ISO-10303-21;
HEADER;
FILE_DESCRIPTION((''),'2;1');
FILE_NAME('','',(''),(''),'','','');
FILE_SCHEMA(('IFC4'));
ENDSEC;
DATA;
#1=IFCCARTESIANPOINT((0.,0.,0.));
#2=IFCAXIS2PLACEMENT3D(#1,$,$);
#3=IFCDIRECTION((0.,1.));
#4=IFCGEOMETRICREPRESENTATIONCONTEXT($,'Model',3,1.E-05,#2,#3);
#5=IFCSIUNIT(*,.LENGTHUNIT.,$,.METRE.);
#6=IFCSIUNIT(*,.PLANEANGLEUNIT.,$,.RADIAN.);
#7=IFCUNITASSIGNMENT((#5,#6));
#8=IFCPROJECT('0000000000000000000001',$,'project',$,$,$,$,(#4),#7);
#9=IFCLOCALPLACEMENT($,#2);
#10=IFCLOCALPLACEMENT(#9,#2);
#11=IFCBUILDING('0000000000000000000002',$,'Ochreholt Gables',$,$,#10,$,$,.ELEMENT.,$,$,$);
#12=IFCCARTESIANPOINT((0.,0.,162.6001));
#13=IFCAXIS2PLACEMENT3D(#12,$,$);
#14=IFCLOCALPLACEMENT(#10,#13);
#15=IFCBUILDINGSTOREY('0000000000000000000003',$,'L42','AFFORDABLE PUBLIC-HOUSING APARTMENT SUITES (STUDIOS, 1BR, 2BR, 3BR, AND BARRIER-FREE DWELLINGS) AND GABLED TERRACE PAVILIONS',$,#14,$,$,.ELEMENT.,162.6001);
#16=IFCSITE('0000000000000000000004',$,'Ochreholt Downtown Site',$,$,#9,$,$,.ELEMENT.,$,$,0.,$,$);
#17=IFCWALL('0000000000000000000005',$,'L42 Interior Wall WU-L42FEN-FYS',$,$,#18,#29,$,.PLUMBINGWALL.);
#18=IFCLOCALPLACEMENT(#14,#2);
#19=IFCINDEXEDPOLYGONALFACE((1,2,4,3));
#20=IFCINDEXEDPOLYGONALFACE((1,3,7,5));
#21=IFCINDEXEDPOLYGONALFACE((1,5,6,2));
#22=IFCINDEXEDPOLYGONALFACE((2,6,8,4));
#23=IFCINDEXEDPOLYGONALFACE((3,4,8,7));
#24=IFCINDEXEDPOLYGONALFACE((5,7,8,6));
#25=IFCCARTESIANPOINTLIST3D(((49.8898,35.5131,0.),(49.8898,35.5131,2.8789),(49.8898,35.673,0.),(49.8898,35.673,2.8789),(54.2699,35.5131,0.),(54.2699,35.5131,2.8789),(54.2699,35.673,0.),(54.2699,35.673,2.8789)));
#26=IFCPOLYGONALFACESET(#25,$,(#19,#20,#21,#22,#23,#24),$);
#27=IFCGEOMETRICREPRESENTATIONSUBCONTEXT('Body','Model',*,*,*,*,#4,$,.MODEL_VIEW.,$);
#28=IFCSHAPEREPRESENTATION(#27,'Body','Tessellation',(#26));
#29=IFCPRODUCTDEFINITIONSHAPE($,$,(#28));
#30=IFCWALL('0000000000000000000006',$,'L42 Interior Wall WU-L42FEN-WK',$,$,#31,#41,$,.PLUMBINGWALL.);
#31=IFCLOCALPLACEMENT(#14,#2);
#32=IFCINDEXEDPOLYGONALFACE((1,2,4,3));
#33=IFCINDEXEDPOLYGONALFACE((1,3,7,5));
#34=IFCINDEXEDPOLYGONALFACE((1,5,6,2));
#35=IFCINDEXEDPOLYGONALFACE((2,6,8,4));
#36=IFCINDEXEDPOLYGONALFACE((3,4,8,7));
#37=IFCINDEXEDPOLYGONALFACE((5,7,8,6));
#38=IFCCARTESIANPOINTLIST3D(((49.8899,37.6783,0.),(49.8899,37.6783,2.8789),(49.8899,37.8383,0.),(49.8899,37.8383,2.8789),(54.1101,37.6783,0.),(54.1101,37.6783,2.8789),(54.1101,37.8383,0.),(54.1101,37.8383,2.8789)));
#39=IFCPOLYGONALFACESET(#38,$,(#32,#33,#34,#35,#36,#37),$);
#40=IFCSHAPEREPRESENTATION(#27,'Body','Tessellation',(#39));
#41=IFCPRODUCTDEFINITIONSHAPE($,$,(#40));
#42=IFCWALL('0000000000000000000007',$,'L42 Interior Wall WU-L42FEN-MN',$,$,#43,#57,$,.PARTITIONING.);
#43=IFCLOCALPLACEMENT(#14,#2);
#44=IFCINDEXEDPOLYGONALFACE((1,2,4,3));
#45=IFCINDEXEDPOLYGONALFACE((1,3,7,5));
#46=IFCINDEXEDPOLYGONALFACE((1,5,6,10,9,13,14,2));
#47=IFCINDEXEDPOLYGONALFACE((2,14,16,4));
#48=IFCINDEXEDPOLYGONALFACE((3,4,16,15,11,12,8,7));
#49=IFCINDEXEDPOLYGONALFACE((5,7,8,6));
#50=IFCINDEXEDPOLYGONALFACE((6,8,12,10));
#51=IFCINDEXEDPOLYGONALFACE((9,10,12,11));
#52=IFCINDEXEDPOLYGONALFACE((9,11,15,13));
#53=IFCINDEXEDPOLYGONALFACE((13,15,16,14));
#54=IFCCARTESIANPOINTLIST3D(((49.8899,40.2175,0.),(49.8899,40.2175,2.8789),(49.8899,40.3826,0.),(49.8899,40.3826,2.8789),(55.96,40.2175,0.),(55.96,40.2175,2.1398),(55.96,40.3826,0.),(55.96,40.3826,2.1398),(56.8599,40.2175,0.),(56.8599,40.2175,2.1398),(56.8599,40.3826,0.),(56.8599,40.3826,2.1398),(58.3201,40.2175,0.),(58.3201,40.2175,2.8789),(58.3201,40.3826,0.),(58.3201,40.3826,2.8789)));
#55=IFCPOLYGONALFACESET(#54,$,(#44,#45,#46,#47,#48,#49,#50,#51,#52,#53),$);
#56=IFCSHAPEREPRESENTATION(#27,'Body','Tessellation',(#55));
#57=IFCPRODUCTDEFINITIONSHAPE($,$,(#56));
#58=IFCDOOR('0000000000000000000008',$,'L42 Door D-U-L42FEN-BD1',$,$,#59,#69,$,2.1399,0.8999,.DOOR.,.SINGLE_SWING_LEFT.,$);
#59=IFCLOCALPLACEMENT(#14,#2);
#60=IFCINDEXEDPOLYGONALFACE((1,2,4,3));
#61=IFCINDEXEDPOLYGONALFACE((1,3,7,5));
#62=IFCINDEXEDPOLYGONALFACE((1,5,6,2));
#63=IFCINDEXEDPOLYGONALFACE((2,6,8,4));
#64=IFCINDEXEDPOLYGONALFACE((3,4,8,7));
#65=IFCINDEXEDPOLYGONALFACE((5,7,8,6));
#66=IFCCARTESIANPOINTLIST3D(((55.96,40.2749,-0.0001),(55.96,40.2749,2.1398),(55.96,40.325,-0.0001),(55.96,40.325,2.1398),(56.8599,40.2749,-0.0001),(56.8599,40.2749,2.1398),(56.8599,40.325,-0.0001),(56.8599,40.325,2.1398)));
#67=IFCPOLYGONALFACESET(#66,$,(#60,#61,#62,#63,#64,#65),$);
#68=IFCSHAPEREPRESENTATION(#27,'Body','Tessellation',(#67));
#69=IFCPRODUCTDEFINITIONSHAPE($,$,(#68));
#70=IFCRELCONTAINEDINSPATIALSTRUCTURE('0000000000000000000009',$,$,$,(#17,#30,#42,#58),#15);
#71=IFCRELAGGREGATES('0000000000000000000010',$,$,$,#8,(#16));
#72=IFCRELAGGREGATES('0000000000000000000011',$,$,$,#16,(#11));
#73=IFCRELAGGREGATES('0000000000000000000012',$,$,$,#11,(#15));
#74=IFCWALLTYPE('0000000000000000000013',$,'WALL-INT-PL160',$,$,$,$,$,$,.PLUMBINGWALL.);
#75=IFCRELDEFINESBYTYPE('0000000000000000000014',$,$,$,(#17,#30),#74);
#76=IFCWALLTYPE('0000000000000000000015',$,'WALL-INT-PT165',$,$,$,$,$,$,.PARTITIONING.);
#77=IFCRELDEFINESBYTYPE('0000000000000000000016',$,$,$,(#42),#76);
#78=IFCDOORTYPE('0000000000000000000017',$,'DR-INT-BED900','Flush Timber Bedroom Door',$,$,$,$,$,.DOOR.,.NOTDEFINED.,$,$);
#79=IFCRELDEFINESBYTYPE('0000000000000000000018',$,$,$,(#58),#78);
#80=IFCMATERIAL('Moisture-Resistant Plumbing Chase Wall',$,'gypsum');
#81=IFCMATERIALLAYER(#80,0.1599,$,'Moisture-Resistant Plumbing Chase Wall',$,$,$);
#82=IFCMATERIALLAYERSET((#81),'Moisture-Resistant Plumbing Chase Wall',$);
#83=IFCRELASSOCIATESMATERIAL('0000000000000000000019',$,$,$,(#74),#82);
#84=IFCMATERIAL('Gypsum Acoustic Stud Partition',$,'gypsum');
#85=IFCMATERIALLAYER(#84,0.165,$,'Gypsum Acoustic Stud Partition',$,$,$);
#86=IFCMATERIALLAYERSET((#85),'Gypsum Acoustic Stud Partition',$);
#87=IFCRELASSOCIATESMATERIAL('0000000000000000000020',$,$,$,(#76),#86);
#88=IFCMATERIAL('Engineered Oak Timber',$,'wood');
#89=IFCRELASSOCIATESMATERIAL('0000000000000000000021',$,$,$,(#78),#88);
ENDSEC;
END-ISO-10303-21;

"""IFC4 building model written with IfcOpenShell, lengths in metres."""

from ifc_helpers import new_model, si_unit, direction, frame, frame_2d, origin, place, context, subcontext, project, spatial, rectangle, extrude, material, layer, layer_set, type_object, element, fill, save


model = new_model("IFC4")

# Units and contexts
model_context = context("Model", 3, precision=1e-05, world=origin(), true_north=direction((0.0, 1.0)))
body_context = subcontext(model_context, "Body", "Model", "MODEL_VIEW")
ifc_project = project(units=[si_unit("LENGTHUNIT", "METRE"), si_unit("PLANEANGLEUNIT", "RADIAN")], contexts=[model_context])

# Site, building, storey
site_placement = place(None, origin())
site = spatial("IfcSite", under=ifc_project, at=site_placement, Name="Ochreholt Downtown Site", CompositionType="ELEMENT", RefElevation=0.0)
building_placement = place(site_placement, origin())
building = spatial("IfcBuilding", under=site, at=building_placement, Name="Ochreholt Gables", CompositionType="ELEMENT")
storey_placement = place(building_placement, frame((0.0, 0.0, 162.6001)))
storey = spatial("IfcBuildingStorey", under=building, at=storey_placement, Name="L42", Description="AFFORDABLE PUBLIC-HOUSING APARTMENT SUITES (STUDIOS, 1BR, 2BR, 3BR, AND BARRIER-FREE DWELLINGS) AND GABLED TERRACE PAVILIONS", CompositionType="ELEMENT", Elevation=162.6001)

# Walls
ifc_material_1 = material(Name="Moisture-Resistant Plumbing Chase Wall", Category="gypsum")
ifc_layer_1 = layer(ifc_material_1, 0.1599, Name="Moisture-Resistant Plumbing Chase Wall")
ifc_layer_set_1 = layer_set([ifc_layer_1], Name="Moisture-Resistant Plumbing Chase Wall")
wall_type_1 = type_object("IfcWallType", Name="WALL-INT-PL160", PredefinedType="PLUMBINGWALL", material=ifc_layer_set_1)
wall_1_placement = place(storey_placement, frame((49.8899, 35.593, 0.0), z_axis=(0.0, 0.0, 1.0), x_axis=(1.0, 0.0, 0.0)))
element("IfcWall", 1, at=wall_1_placement, inside=storey, type_object=wall_type_1, Name="L42 Interior Wall WU-L42FEN-FYS", PredefinedType="PLUMBINGWALL", context=body_context, shape_type="SweptSolid", body=[
    extrude(rectangle(XDim=4.3801, YDim=0.1599, at=frame_2d((2.1899, 0.0))), origin(), (0.0, 0.0, 1.0), 2.8789),
])
wall_2_placement = place(storey_placement, frame((49.8899, 37.7583, 0.0), z_axis=(0.0, 0.0, 1.0), x_axis=(1.0, 0.0, 0.0)))
element("IfcWall", 2, at=wall_2_placement, inside=storey, type_object=wall_type_1, Name="L42 Interior Wall WU-L42FEN-WK", PredefinedType="PLUMBINGWALL", context=body_context, shape_type="SweptSolid", body=[
    extrude(rectangle(XDim=4.2202, YDim=0.1599, at=frame_2d((2.1101, 0.0))), origin(), (0.0, 0.0, 1.0), 2.8789),
])

# Wall, opening, door
ifc_material_2 = material(Name="Gypsum Acoustic Stud Partition", Category="gypsum")
ifc_layer_2 = layer(ifc_material_2, 0.165, Name="Gypsum Acoustic Stud Partition")
ifc_layer_set_2 = layer_set([ifc_layer_2], Name="Gypsum Acoustic Stud Partition")
wall_type_2 = type_object("IfcWallType", Name="WALL-INT-PT165", PredefinedType="PARTITIONING", material=ifc_layer_set_2)
wall_3_placement = place(storey_placement, frame((49.8899, 40.3, 0.0), z_axis=(0.0, 0.0, 1.0), x_axis=(1.0, 0.0, 0.0)))
wall_3 = element("IfcWall", 3, at=wall_3_placement, inside=storey, type_object=wall_type_2, Name="L42 Interior Wall WU-L42FEN-MN", PredefinedType="PARTITIONING", context=body_context, shape_type="SweptSolid", body=[
    extrude(rectangle(XDim=8.4302, YDim=0.165, at=frame_2d((4.2151, 0.0))), origin(), (0.0, 0.0, 1.0), 2.8789),
])
opening_1_placement = place(wall_3_placement, frame((6.0701, 0.0, 0.0)))
opening_1 = element("IfcOpeningElement", 4, at=opening_1_placement, cuts=wall_3, PredefinedType="OPENING", context=body_context, shape_type="SweptSolid", body=[
    extrude(rectangle(XDim=0.8999, YDim=2.1399, at=frame_2d((0.45, 1.0698))), frame((0.0, 0.0925, 0.0), z_axis=(0.0, -1.0, 0.0), x_axis=(1.0, 0.0, 0.0)), (0.0, 0.0, 1.0), 0.1851),
])
ifc_material_3 = material(Name="Engineered Oak Timber", Category="wood")
door_type = type_object("IfcDoorType", Name="DR-INT-BED900", Description="Flush Timber Bedroom Door", OperationType="NOTDEFINED", PredefinedType="DOOR", material=ifc_material_3)
door_placement = place(opening_1_placement, origin())
door = element("IfcDoor", 5, at=door_placement, inside=storey, type_object=door_type, Name="L42 Door D-U-L42FEN-BD1", OperationType="SINGLE_SWING_LEFT", OverallHeight=2.1399, OverallWidth=0.8999, PredefinedType="DOOR", context=body_context, shape_type="SweptSolid", body=[
    extrude(rectangle(XDim=0.8999, YDim=2.1399, at=frame_2d((0.45, 1.0698))), frame((0.0, 0.0249, 0.0), z_axis=(0.0, -1.0, 0.0), x_axis=(1.0, 0.0, 0.0)), (0.0, 0.0, 1.0), 0.05),
])
fill(opening_1, door)

save(model, "model.ifc")
